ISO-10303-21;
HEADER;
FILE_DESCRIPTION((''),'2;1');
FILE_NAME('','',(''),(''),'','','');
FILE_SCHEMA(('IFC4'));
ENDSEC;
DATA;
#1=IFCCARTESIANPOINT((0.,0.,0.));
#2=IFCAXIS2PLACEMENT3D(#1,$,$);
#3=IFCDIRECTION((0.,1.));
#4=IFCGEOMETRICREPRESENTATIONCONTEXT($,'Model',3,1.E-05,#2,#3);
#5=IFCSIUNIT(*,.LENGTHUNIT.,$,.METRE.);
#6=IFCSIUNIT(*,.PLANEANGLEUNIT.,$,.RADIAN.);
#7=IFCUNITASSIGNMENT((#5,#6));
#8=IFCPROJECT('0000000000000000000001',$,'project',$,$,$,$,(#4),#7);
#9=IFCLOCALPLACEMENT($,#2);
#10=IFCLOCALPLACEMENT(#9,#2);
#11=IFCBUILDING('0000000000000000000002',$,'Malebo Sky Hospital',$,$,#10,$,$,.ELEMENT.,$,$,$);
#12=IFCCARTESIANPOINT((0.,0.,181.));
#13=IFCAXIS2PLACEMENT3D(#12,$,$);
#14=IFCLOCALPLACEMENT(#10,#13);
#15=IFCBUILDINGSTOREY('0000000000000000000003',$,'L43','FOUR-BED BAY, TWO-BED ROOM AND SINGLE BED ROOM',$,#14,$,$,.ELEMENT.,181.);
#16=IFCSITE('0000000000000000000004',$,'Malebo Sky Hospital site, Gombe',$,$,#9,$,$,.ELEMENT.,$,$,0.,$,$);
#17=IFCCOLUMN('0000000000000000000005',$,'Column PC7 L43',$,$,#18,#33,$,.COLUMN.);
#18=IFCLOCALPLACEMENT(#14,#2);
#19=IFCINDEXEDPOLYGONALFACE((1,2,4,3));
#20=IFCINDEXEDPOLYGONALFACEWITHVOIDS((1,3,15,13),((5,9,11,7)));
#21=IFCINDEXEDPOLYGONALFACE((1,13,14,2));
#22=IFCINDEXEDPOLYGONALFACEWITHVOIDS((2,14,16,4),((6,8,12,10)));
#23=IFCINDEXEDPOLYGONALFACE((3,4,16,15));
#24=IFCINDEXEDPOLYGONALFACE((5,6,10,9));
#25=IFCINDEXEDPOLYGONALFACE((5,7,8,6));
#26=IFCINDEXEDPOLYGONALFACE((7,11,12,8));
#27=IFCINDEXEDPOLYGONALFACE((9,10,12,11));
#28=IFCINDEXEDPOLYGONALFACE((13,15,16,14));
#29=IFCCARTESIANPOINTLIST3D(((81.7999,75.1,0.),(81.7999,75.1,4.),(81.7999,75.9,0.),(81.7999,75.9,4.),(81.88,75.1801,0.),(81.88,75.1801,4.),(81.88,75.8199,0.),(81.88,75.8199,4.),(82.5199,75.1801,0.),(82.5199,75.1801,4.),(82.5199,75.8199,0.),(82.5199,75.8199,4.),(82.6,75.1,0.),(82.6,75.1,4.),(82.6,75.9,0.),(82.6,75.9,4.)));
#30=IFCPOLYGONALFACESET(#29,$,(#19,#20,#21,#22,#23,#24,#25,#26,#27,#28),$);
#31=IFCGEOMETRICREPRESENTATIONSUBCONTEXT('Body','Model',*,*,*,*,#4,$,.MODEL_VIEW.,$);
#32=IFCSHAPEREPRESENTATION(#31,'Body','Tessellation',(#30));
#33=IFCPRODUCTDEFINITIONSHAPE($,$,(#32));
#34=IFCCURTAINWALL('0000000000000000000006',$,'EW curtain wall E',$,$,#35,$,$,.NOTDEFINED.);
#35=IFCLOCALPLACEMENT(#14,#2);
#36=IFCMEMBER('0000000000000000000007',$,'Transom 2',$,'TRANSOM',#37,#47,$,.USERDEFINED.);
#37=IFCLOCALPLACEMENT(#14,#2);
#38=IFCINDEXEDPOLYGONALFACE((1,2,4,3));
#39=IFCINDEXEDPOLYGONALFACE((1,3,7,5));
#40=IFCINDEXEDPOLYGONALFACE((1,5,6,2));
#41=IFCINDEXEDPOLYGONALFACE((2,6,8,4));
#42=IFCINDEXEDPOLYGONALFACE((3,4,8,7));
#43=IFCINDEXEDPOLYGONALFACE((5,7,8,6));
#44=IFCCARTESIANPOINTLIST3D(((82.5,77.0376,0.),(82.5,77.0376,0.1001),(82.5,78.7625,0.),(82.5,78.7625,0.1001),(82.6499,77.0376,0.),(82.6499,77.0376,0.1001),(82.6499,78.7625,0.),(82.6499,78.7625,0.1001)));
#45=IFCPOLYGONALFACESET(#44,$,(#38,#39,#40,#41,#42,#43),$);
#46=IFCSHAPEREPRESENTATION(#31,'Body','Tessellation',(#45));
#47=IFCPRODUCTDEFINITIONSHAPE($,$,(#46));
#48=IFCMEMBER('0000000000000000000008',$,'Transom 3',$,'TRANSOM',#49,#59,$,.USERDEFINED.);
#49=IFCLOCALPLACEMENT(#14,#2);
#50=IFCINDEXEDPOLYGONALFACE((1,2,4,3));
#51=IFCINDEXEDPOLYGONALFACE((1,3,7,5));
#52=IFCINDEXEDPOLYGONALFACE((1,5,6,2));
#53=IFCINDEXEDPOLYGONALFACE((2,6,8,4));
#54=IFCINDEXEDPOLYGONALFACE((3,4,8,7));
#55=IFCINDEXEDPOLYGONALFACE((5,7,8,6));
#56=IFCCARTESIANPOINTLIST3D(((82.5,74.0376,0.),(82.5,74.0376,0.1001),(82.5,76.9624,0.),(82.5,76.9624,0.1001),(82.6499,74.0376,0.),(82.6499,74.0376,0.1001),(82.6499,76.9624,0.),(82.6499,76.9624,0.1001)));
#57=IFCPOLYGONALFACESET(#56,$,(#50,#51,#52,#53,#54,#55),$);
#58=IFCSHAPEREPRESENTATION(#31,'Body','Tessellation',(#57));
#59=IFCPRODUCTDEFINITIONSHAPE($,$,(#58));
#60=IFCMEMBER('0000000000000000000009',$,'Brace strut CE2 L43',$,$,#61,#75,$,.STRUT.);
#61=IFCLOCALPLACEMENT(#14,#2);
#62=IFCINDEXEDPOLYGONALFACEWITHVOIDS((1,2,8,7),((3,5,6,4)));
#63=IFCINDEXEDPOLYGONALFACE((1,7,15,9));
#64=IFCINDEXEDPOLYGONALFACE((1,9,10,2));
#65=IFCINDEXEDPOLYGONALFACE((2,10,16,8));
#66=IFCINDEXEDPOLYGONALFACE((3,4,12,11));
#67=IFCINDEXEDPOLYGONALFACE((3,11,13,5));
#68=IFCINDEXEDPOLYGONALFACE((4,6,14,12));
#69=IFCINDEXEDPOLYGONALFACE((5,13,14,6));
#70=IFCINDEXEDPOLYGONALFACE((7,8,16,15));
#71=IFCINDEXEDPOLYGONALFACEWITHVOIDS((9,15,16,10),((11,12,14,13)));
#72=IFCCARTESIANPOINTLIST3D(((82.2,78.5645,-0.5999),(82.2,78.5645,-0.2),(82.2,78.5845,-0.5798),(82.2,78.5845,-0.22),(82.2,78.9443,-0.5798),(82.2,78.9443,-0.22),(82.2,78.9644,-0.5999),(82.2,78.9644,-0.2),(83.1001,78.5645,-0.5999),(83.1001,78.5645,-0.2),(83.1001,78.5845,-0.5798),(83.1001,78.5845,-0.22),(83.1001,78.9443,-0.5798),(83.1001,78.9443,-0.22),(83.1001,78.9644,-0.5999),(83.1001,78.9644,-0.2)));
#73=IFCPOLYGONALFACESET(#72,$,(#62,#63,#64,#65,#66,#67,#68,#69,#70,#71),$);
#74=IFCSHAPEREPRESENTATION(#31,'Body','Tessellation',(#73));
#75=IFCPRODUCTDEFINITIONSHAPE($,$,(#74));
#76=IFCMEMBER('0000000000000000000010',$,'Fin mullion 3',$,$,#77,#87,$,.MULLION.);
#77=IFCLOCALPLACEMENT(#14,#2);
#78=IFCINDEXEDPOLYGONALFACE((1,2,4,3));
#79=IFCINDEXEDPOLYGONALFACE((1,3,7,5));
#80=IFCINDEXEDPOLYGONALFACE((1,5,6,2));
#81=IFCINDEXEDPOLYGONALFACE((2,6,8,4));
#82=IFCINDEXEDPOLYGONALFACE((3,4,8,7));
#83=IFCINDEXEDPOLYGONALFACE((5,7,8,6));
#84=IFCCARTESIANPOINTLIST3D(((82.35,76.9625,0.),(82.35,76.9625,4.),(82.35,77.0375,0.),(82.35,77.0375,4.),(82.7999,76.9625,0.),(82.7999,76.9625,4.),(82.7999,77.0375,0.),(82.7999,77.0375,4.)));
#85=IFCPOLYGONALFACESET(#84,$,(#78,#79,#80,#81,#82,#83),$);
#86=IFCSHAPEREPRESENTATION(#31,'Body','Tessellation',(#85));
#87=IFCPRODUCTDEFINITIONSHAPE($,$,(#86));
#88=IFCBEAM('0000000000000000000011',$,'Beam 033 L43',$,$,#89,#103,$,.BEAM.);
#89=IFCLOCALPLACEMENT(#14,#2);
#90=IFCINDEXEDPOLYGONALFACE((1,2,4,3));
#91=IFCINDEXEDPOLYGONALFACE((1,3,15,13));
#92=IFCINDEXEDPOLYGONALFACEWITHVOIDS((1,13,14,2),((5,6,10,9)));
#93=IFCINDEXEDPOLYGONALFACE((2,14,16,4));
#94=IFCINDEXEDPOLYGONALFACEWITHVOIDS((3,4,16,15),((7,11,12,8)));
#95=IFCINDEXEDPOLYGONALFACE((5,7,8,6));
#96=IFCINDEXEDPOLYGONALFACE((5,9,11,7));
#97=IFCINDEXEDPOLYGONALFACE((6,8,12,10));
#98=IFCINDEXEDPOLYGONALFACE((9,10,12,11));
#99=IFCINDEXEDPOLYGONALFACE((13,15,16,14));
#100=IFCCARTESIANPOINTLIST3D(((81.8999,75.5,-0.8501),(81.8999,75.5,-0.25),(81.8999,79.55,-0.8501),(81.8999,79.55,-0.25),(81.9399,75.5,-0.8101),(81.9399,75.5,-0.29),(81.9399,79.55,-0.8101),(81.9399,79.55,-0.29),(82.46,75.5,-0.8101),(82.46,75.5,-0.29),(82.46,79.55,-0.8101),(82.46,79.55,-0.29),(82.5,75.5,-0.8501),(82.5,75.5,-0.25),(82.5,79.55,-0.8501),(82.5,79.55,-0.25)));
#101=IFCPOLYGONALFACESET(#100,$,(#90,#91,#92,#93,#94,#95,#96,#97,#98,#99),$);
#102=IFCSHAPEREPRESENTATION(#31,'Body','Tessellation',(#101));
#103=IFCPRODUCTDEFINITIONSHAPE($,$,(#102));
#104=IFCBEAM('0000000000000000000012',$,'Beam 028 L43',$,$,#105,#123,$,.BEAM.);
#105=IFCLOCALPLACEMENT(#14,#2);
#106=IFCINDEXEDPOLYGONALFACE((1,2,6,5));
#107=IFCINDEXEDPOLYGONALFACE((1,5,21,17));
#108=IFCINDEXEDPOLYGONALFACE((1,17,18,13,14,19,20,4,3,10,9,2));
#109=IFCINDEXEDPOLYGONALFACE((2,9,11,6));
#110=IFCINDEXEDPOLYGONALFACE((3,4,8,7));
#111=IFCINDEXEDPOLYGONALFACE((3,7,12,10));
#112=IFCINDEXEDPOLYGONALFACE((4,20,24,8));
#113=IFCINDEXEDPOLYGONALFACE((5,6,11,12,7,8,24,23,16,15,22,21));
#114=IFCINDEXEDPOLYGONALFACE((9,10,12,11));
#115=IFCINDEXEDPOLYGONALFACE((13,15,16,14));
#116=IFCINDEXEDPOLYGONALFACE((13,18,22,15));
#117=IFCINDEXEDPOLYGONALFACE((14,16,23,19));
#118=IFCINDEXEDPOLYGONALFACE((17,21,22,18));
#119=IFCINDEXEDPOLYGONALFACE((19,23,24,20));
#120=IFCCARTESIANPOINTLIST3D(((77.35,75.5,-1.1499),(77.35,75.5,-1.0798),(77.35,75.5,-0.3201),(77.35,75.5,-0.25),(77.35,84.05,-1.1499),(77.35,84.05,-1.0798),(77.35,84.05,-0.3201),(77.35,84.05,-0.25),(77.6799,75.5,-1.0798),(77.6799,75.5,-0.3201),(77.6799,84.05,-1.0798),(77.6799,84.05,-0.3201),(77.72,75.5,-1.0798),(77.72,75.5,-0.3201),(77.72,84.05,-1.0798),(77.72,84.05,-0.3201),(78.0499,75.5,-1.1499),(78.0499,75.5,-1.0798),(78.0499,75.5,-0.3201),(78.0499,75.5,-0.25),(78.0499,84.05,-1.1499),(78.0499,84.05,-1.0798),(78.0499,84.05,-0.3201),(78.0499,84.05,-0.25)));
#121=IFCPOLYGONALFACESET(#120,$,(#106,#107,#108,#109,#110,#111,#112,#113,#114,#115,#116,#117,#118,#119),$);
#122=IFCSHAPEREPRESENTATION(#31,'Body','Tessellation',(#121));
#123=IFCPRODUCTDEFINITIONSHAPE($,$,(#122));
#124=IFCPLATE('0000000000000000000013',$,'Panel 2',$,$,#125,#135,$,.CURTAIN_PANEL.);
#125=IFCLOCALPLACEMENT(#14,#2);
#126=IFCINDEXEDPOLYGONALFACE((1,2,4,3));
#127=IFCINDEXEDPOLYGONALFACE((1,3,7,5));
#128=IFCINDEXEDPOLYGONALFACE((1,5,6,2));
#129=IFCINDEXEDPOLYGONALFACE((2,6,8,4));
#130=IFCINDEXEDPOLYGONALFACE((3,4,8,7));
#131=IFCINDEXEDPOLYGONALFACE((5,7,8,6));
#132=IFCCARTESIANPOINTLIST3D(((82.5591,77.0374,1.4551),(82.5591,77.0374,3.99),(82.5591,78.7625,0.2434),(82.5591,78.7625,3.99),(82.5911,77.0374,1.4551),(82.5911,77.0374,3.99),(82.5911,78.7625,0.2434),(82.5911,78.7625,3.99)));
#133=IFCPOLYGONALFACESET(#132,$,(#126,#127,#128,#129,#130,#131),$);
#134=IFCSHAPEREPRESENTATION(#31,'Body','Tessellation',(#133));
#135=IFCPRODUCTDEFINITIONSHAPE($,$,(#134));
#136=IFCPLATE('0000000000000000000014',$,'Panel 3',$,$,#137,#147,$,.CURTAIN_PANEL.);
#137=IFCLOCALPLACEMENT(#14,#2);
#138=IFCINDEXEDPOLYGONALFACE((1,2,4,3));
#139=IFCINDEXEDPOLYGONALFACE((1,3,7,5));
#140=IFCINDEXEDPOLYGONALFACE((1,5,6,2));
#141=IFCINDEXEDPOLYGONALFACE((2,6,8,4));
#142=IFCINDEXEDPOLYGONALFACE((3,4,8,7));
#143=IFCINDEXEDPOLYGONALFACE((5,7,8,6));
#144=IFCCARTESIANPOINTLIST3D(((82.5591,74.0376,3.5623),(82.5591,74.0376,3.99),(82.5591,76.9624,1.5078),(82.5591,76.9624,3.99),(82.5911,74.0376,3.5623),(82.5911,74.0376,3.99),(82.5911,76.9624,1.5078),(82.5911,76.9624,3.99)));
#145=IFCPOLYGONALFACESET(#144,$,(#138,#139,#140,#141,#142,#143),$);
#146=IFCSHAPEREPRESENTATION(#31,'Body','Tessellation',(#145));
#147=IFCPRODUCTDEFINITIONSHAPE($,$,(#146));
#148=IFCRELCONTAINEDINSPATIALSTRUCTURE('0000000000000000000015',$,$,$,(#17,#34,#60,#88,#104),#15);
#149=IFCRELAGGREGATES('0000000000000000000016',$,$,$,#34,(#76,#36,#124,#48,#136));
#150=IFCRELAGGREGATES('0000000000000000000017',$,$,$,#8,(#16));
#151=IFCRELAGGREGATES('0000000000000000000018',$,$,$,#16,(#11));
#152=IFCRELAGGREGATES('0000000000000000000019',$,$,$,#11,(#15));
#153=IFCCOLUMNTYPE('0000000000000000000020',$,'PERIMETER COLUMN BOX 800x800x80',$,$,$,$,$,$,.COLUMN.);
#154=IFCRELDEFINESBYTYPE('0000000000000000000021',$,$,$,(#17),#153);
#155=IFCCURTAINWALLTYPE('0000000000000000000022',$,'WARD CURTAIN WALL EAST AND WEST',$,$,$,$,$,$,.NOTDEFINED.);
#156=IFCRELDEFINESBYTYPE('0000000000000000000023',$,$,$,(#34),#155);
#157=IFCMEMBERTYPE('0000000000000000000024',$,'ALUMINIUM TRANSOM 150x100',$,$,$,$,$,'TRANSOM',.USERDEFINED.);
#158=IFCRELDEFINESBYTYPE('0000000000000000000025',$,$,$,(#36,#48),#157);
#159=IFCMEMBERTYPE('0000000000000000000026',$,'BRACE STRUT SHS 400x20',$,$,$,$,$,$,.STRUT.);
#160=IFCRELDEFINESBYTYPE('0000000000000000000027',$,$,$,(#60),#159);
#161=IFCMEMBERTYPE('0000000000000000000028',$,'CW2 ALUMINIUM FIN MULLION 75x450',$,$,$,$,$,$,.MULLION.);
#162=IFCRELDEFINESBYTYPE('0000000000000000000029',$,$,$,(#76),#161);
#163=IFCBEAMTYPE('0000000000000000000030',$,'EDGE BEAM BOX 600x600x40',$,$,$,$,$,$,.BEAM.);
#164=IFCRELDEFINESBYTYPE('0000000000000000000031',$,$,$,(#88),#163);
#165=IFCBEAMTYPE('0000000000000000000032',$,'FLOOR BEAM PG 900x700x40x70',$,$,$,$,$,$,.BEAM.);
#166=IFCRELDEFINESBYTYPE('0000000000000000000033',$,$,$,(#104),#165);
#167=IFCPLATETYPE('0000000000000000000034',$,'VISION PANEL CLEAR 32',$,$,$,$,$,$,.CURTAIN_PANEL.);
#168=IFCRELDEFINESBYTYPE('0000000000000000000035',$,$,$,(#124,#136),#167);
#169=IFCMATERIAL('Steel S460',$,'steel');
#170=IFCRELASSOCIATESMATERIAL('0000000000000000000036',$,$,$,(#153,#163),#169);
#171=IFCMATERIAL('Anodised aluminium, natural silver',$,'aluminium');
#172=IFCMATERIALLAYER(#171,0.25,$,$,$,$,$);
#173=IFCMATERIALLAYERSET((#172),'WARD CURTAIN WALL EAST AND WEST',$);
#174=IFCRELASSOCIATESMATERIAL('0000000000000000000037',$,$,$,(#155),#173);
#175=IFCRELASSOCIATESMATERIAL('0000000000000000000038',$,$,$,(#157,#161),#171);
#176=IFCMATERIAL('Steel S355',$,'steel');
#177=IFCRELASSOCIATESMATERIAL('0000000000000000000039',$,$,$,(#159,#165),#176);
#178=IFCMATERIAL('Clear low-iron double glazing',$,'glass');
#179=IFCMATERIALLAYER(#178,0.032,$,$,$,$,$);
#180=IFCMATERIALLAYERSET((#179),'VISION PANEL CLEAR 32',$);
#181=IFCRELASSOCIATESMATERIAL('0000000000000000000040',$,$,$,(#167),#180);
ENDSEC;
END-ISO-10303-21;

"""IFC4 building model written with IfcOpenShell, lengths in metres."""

from ifc_helpers import new_model, si_unit, direction, frame, origin, origin_2d, place, context, subcontext, project, spatial, polyline, rectangle, hollow_rectangle, i_section, outline, extrude, material, layer, layer_set, material_profile, profile_set, type_object, element, aggregate, save


model = new_model("IFC4")

# Units and contexts
model_context = context("Model", 3, precision=1e-05, world=origin(), true_north=direction((0.0, 1.0)))
body_context = subcontext(model_context, "Body", "Model", "MODEL_VIEW")
ifc_project = project(units=[si_unit("LENGTHUNIT", "METRE"), si_unit("PLANEANGLEUNIT", "RADIAN")], contexts=[model_context])

# Site, building, storey
site_placement = place(None, origin())
site = spatial("IfcSite", under=ifc_project, at=site_placement, Name="Malebo Sky Hospital site, Gombe", CompositionType="ELEMENT", RefElevation=0.0)
building_placement = place(site_placement, origin())
building = spatial("IfcBuilding", under=site, at=building_placement, Name="Malebo Sky Hospital", CompositionType="ELEMENT")
storey_placement = place(building_placement, frame((0.0, 0.0, 181.0)))
storey = spatial("IfcBuildingStorey", under=building, at=storey_placement, Name="L43", Description="FOUR-BED BAY, TWO-BED ROOM AND SINGLE BED ROOM", CompositionType="ELEMENT", Elevation=181.0)

# Column
ifc_material_1 = material(Name="Steel S460", Category="steel")
ifc_material_profile_1 = material_profile(ifc_material_1, hollow_rectangle(XDim=0.8, YDim=0.8, WallThickness=0.0801, at=origin_2d()), Name="BOX 800x800x80")
ifc_profile_set_1 = profile_set([ifc_material_profile_1], Name="Steel S460")
column_type = type_object("IfcColumnType", Name="PERIMETER COLUMN BOX 800x800x80", PredefinedType="COLUMN", material=ifc_profile_set_1)
column_placement = place(storey_placement, frame((82.2, 75.5, 0.0), z_axis=(0.0, 0.0, 1.0), x_axis=(1.0, 0.0, 0.0)))
element("IfcColumn", 1, at=column_placement, inside=storey, type_object=column_type, Name="Column PC7 L43", PredefinedType="COLUMN", context=body_context, shape_type="SweptSolid", body=[
    extrude(hollow_rectangle(XDim=0.8, YDim=0.8, WallThickness=0.0801, at=origin_2d()), origin(), (0.0, 0.0, 1.0), 4.0),
])

# Curtain wall, members
ifc_material_2 = material(Name="Anodised aluminium, natural silver", Category="aluminium")
ifc_layer_1 = layer(ifc_material_2, 0.25)
ifc_layer_set_1 = layer_set([ifc_layer_1], Name="WARD CURTAIN WALL EAST AND WEST")
curtain_wall_type = type_object("IfcCurtainWallType", Name="WARD CURTAIN WALL EAST AND WEST", PredefinedType="NOTDEFINED", material=ifc_layer_set_1)
curtain_wall_placement = place(storey_placement, origin())
curtain_wall = element("IfcCurtainWall", 2, at=curtain_wall_placement, inside=storey, type_object=curtain_wall_type, Name="EW curtain wall E", PredefinedType="NOTDEFINED")
ifc_material_profile_2 = material_profile(ifc_material_2, rectangle(XDim=0.1499, YDim=0.1001, at=origin_2d()), Name="ALUMINIUM TRANSOM 150x100")
ifc_profile_set_2 = profile_set([ifc_material_profile_2], Name="Anodised aluminium, natural silver")
member_type_1 = type_object("IfcMemberType", Name="ALUMINIUM TRANSOM 150x100", ElementType="TRANSOM", PredefinedType="USERDEFINED", material=ifc_profile_set_2)
member_1_placement = place(storey_placement, frame((82.575, 78.7625, 0.05), z_axis=(0.0, -1.0, 0.0), x_axis=(1.0, 0.0, 0.0)))
member_1 = element("IfcMember", 3, at=member_1_placement, type_object=member_type_1, Name="Transom 2", ObjectType="TRANSOM", PredefinedType="USERDEFINED", context=body_context, shape_type="SweptSolid", body=[
    extrude(rectangle(XDim=0.1499, YDim=0.1001, at=origin_2d()), origin(), (0.0, 0.0, 1.0), 1.7249),
])
member_2_placement = place(storey_placement, frame((82.575, 76.9624, 0.05), z_axis=(0.0, -1.0, 0.0), x_axis=(1.0, 0.0, 0.0)))
member_2 = element("IfcMember", 4, at=member_2_placement, type_object=member_type_1, Name="Transom 3", ObjectType="TRANSOM", PredefinedType="USERDEFINED", context=body_context, shape_type="SweptSolid", body=[
    extrude(rectangle(XDim=0.1499, YDim=0.1001, at=origin_2d()), origin(), (0.0, 0.0, 1.0), 2.9248),
])

# Members
ifc_material_3 = material(Name="Steel S355", Category="steel")
ifc_material_profile_3 = material_profile(ifc_material_3, hollow_rectangle(XDim=0.3999, YDim=0.3999, WallThickness=0.02, at=origin_2d()), Name="SHS 400x20")
ifc_profile_set_3 = profile_set([ifc_material_profile_3], Name="Steel S355")
member_type_2 = type_object("IfcMemberType", Name="BRACE STRUT SHS 400x20", PredefinedType="STRUT", material=ifc_profile_set_3)
member_3_placement = place(storey_placement, frame((83.1001, 78.7644, -0.3999), z_axis=(-1.0, 0.0, 0.0), x_axis=(0.0, -1.0, 0.0)))
element("IfcMember", 5, at=member_3_placement, inside=storey, type_object=member_type_2, Name="Brace strut CE2 L43", PredefinedType="STRUT", context=body_context, shape_type="SweptSolid", body=[
    extrude(hollow_rectangle(XDim=0.3999, YDim=0.3999, WallThickness=0.02, at=origin_2d()), origin(), (0.0, 0.0, 1.0), 0.9001),
])
ifc_material_profile_4 = material_profile(ifc_material_2, rectangle(XDim=0.075, YDim=0.45, at=origin_2d()), Name="CW2 ALUMINIUM FIN MULLION 75x450")
ifc_profile_set_4 = profile_set([ifc_material_profile_4], Name="Anodised aluminium, natural silver")
member_type_3 = type_object("IfcMemberType", Name="CW2 ALUMINIUM FIN MULLION 75x450", PredefinedType="MULLION", material=ifc_profile_set_4)
member_4_placement = place(storey_placement, frame((82.575, 77.0, 0.0), z_axis=(0.0, 0.0, 1.0), x_axis=(0.0, -1.0, 0.0)))
member_4 = element("IfcMember", 6, at=member_4_placement, type_object=member_type_3, Name="Fin mullion 3", PredefinedType="MULLION", context=body_context, shape_type="SweptSolid", body=[
    extrude(rectangle(XDim=0.075, YDim=0.45, at=origin_2d()), origin(), (0.0, 0.0, 1.0), 4.0),
])

# Beams
ifc_material_profile_5 = material_profile(ifc_material_1, hollow_rectangle(XDim=0.6001, YDim=0.6001, WallThickness=0.04, at=origin_2d()), Name="BOX 600x600x40")
ifc_profile_set_5 = profile_set([ifc_material_profile_5], Name="Steel S460")
beam_type_1 = type_object("IfcBeamType", Name="EDGE BEAM BOX 600x600x40", PredefinedType="BEAM", material=ifc_profile_set_5)
beam_1_placement = place(storey_placement, frame((82.2, 75.5, -0.55), z_axis=(0.0, 1.0, 0.0), x_axis=(-1.0, 0.0, 0.0)))
element("IfcBeam", 7, at=beam_1_placement, inside=storey, type_object=beam_type_1, Name="Beam 033 L43", PredefinedType="BEAM", context=body_context, shape_type="SweptSolid", body=[
    extrude(hollow_rectangle(XDim=0.6001, YDim=0.6001, WallThickness=0.04, at=origin_2d()), origin(), (0.0, 0.0, 1.0), 4.05),
])
ifc_material_profile_6 = material_profile(ifc_material_3, i_section(OverallWidth=0.7, OverallDepth=0.8999, WebThickness=0.04, FlangeThickness=0.0701, at=origin_2d()), Name="PG 900x700x40x70")
ifc_profile_set_6 = profile_set([ifc_material_profile_6], Name="Steel S355")
beam_type_2 = type_object("IfcBeamType", Name="FLOOR BEAM PG 900x700x40x70", PredefinedType="BEAM", material=ifc_profile_set_6)
beam_2_placement = place(storey_placement, frame((77.7, 75.5, -0.7), z_axis=(0.0, 1.0, 0.0), x_axis=(-1.0, 0.0, 0.0)))
element("IfcBeam", 8, at=beam_2_placement, inside=storey, type_object=beam_type_2, Name="Beam 028 L43", PredefinedType="BEAM", context=body_context, shape_type="SweptSolid", body=[
    extrude(i_section(OverallWidth=0.7, OverallDepth=0.8999, WebThickness=0.04, FlangeThickness=0.0701, at=origin_2d()), origin(), (0.0, 0.0, 1.0), 8.55),
])

# Plates
ifc_material_4 = material(Name="Clear low-iron double glazing", Category="glass")
ifc_layer_2 = layer(ifc_material_4, 0.032)
ifc_layer_set_2 = layer_set([ifc_layer_2], Name="VISION PANEL CLEAR 32")
plate_type = type_object("IfcPlateType", Name="VISION PANEL CLEAR 32", PredefinedType="CURTAIN_PANEL", material=ifc_layer_set_2)
plate_1_placement = place(storey_placement, frame((82.575, 77.8999, 0.2434), z_axis=(0.0, 0.0, 1.0), x_axis=(0.0, -1.0, 0.0)))
plate_1 = element("IfcPlate", 9, at=plate_1_placement, type_object=plate_type, Name="Panel 2", PredefinedType="CURTAIN_PANEL", context=body_context, shape_type="SweptSolid", body=[
    extrude(outline(polyline([(-0.8625, 0.0), (0.8625, 1.2117), (0.8625, 3.7466), (-0.8625, 3.7466), (-0.8625, 0.0)])), frame((0.0, 0.0161, 0.0), z_axis=(0.0, -1.0, 0.0), x_axis=(1.0, 0.0, 0.0)), (0.0, 0.0, 1.0), 0.032),
])
plate_2_placement = place(storey_placement, frame((82.575, 75.5, 1.5078), z_axis=(0.0, 0.0, 1.0), x_axis=(0.0, -1.0, 0.0)))
plate_2 = element("IfcPlate", 10, at=plate_2_placement, type_object=plate_type, Name="Panel 3", PredefinedType="CURTAIN_PANEL", context=body_context, shape_type="SweptSolid", body=[
    extrude(outline(polyline([(-1.4624, 0.0), (1.4624, 2.0544), (1.4624, 2.4822), (-1.4624, 2.4822), (-1.4624, 0.0)])), frame((0.0, 0.0161, 0.0), z_axis=(0.0, -1.0, 0.0), x_axis=(1.0, 0.0, 0.0)), (0.0, 0.0, 1.0), 0.032),
])
aggregate(curtain_wall, [member_4, member_1, plate_1, member_2, plate_2])

save(model, "model.ifc")
